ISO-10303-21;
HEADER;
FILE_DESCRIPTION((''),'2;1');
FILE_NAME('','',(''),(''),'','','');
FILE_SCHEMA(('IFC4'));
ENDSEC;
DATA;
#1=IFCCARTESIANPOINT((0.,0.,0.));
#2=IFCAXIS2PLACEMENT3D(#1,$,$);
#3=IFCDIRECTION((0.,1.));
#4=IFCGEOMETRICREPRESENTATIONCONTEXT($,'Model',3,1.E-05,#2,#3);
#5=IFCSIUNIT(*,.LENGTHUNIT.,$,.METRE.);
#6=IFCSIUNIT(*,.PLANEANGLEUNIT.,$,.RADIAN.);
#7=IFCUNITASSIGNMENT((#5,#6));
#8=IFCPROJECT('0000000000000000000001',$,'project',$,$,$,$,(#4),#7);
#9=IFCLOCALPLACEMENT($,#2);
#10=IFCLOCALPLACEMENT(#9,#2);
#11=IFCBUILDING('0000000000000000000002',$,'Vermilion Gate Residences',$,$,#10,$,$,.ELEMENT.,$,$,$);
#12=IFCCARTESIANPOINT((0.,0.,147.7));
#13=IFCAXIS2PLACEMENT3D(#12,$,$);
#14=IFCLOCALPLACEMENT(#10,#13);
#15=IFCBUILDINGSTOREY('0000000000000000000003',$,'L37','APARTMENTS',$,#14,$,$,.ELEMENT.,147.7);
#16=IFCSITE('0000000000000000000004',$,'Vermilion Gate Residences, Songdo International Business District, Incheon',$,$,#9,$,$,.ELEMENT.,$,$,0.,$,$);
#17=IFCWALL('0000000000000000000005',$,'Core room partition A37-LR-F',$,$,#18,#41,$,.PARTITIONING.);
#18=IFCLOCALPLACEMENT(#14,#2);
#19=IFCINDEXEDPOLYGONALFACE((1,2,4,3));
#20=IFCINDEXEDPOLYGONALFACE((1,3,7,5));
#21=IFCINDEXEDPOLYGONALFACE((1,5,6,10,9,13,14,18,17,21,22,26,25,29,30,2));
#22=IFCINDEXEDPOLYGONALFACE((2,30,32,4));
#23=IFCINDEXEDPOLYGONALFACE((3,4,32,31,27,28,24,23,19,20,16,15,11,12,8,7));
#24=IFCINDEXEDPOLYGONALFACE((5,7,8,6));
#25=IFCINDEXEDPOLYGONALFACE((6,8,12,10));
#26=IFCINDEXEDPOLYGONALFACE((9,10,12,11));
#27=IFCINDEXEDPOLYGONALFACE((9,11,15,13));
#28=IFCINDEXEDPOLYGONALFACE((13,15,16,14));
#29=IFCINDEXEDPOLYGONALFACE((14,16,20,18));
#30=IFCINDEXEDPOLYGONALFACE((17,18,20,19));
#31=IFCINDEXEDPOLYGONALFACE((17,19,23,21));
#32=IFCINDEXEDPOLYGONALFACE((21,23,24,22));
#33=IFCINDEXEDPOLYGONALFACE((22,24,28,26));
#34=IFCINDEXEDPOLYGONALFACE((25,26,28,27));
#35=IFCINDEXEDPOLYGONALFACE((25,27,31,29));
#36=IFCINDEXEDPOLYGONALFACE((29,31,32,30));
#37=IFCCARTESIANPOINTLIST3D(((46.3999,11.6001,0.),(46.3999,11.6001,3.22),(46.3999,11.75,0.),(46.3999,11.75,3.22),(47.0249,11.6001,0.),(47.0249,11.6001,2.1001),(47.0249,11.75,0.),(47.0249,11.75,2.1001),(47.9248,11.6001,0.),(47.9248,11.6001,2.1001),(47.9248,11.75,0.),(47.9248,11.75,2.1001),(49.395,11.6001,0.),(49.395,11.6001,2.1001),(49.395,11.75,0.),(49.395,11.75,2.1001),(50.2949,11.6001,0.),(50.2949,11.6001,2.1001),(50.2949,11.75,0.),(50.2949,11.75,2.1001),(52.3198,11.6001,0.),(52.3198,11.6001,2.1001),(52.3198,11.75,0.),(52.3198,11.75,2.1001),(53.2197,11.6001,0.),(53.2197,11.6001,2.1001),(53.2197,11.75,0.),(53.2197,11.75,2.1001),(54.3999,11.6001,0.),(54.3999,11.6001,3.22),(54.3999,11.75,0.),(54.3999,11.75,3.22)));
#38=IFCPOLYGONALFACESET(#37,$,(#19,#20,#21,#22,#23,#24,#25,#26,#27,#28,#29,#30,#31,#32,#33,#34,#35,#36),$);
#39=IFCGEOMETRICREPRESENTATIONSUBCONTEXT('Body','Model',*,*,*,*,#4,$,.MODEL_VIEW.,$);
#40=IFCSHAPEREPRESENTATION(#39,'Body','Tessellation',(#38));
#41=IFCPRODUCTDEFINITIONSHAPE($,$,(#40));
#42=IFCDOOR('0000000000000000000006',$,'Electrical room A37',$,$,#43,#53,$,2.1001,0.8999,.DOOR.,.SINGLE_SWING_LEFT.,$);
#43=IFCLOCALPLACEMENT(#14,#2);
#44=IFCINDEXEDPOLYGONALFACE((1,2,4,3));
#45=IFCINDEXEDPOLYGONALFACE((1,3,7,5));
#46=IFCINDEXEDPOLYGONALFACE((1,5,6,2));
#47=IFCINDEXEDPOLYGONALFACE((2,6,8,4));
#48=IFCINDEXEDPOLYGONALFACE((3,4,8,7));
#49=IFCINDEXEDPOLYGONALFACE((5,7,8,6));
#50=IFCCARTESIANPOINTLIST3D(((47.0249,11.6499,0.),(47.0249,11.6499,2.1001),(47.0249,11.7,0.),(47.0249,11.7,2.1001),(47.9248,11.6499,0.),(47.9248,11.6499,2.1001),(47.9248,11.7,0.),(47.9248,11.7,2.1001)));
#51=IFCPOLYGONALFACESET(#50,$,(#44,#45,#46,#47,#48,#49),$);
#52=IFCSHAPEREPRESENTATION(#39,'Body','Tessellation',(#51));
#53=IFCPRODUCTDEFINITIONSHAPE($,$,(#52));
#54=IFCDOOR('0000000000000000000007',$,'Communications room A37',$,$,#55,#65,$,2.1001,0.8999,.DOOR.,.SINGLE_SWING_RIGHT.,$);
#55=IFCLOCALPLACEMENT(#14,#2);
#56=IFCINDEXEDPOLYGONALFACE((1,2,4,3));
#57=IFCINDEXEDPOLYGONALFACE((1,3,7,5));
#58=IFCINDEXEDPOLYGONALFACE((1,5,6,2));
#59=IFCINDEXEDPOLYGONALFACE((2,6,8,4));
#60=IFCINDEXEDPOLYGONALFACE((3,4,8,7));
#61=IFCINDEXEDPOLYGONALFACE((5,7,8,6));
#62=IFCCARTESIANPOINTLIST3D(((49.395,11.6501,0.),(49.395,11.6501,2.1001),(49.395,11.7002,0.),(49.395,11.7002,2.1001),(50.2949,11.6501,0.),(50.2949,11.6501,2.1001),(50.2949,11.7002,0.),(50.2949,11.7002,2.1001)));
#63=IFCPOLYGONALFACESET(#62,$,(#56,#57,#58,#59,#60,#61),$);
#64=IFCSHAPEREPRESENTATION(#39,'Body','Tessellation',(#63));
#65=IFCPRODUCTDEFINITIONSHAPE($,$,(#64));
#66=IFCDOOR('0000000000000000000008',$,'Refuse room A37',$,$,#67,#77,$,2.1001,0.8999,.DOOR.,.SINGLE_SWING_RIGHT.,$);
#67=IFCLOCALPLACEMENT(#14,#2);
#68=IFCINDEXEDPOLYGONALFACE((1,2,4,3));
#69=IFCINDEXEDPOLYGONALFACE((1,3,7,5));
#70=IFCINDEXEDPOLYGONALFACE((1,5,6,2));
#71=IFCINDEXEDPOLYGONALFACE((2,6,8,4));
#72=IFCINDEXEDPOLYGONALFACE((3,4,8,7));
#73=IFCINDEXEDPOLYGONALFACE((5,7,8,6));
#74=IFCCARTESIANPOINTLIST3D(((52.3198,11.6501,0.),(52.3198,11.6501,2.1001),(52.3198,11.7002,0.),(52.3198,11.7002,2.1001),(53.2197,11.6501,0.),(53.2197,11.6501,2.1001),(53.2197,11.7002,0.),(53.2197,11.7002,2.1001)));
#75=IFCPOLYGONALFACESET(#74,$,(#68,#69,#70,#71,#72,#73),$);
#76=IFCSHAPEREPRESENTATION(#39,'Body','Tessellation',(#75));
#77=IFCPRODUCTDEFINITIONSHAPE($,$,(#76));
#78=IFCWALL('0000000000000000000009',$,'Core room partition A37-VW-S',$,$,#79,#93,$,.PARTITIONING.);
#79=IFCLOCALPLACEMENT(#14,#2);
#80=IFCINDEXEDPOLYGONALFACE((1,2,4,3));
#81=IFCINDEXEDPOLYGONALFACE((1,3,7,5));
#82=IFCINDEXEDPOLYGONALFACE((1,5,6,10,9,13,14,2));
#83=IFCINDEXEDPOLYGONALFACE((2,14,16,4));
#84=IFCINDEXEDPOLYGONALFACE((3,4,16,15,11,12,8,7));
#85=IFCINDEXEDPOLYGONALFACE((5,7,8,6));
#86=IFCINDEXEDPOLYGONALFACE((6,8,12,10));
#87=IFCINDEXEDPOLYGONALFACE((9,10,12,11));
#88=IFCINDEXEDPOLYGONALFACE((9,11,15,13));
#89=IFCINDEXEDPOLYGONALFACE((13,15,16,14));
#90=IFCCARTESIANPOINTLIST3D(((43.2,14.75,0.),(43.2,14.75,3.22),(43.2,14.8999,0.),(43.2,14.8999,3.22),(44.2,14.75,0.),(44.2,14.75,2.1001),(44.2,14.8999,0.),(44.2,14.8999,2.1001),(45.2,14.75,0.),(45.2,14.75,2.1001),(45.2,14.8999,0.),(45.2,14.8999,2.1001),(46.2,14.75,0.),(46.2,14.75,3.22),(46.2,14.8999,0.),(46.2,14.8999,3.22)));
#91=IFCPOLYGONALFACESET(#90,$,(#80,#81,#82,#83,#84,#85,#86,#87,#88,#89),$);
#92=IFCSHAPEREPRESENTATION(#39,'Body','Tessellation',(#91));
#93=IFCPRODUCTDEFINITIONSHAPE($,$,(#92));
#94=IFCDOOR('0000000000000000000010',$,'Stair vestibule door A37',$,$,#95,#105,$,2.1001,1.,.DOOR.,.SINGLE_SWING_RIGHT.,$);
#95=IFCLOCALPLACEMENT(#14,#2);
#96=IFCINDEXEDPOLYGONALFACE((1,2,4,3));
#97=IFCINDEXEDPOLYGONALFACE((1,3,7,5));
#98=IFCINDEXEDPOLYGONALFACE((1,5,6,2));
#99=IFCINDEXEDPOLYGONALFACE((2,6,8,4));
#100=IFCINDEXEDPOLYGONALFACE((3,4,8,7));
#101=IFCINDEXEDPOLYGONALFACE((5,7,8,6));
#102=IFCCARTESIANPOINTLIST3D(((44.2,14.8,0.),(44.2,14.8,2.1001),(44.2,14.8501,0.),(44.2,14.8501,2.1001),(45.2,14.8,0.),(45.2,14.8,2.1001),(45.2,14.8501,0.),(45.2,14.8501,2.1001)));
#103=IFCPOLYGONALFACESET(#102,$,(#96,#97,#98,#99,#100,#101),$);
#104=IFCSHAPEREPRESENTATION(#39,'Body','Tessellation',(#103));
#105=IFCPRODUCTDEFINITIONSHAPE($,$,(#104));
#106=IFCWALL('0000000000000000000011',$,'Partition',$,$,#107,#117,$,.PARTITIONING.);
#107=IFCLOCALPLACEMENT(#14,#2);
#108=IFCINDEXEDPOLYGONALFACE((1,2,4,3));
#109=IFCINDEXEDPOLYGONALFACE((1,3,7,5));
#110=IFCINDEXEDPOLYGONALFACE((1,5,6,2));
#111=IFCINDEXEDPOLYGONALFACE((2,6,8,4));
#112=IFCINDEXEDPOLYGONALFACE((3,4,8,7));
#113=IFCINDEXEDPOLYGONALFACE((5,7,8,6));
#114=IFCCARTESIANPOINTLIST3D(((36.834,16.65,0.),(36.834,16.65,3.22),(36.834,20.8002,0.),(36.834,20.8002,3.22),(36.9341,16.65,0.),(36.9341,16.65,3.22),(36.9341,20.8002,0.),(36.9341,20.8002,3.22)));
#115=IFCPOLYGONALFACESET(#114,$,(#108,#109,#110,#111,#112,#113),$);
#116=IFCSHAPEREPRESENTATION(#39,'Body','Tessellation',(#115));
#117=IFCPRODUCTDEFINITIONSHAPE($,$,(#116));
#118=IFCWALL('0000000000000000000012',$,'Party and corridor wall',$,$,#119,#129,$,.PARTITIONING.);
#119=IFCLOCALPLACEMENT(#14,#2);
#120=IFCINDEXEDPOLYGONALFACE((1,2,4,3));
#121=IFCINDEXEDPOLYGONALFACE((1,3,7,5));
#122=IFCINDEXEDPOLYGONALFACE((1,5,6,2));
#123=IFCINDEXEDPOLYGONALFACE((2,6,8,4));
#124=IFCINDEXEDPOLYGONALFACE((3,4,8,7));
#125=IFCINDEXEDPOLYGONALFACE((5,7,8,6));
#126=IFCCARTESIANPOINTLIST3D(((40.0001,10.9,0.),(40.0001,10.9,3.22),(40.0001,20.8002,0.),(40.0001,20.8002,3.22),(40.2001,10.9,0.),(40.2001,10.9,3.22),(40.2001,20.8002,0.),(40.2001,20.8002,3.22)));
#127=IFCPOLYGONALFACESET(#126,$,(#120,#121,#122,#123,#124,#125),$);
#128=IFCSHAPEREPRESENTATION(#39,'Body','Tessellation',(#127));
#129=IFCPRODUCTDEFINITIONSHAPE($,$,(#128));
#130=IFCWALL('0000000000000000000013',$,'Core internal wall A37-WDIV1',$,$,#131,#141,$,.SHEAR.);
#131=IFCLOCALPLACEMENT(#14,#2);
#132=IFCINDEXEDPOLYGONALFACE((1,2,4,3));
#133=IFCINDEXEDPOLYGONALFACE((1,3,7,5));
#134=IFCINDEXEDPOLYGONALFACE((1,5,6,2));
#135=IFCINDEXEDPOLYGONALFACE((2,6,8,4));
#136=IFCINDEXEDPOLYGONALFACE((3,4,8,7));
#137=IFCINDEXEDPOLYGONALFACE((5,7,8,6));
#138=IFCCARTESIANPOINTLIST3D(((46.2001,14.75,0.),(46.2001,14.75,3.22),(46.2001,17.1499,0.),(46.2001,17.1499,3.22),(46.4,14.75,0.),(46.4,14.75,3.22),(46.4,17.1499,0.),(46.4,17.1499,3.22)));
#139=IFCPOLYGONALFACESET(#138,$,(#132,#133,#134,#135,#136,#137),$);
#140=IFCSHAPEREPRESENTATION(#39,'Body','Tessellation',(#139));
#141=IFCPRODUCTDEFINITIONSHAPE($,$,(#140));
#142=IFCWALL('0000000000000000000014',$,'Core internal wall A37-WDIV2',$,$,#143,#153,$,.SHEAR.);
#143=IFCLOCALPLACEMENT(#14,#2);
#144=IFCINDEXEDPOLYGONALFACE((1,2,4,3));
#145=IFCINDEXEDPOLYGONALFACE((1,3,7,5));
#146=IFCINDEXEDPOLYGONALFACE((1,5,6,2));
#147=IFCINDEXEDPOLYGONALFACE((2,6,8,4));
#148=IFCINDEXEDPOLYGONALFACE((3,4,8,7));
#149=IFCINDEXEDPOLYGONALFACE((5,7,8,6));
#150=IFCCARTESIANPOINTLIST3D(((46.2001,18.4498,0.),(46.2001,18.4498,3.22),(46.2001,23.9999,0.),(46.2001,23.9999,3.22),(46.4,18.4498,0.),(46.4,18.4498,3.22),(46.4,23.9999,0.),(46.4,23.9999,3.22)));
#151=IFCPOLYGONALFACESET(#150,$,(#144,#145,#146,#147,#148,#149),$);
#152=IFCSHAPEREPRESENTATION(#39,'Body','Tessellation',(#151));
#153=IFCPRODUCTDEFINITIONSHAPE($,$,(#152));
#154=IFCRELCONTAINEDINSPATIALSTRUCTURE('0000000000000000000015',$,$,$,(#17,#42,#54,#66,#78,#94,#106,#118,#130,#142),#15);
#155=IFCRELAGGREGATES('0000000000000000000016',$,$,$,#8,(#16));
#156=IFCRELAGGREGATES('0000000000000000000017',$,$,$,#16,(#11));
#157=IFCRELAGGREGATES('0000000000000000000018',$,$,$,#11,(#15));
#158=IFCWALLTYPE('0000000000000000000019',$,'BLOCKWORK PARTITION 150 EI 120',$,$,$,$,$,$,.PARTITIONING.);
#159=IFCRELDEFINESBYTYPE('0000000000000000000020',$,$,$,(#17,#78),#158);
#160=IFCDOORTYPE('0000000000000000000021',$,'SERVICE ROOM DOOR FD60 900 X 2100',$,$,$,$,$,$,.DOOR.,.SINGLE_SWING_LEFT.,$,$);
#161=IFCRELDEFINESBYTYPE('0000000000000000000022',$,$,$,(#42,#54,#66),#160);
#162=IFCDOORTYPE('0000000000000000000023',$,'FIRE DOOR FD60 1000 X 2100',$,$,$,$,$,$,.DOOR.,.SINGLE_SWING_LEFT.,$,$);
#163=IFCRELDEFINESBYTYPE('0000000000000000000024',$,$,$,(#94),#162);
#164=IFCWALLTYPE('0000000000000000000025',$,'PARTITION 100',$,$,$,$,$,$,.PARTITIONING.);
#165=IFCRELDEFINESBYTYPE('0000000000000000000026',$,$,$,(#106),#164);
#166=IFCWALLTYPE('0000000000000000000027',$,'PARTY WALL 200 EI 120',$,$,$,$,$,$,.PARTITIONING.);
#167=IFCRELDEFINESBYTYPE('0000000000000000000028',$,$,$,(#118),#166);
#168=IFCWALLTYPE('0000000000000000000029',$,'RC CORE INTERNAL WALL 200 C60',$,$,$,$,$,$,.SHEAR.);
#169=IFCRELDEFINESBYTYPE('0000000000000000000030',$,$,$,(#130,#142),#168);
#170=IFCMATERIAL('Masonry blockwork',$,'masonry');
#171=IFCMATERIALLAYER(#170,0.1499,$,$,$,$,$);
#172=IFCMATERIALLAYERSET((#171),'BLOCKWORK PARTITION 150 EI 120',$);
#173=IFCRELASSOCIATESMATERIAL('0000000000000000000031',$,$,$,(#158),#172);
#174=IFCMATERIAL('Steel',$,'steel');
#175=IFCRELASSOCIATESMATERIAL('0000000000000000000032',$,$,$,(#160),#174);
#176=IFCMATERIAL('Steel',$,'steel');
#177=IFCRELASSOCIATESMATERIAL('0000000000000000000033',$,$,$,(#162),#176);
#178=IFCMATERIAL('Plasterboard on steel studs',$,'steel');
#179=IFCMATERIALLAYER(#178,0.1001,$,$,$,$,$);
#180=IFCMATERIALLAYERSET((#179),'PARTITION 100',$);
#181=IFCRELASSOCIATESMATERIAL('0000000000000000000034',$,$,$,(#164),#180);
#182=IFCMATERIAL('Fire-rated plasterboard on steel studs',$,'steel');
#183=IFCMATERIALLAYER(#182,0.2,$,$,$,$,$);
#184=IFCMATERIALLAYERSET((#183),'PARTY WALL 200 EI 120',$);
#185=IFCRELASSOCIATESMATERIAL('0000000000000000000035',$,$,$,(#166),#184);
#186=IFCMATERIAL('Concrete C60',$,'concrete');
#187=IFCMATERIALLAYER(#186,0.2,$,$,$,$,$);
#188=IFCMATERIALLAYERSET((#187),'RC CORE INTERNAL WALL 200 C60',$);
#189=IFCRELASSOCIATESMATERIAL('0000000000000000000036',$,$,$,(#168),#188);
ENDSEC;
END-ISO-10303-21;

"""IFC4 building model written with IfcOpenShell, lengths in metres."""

from ifc_helpers import new_model, si_unit, direction, frame, frame_2d, origin, place, context, subcontext, project, spatial, rectangle, extrude, material, layer, layer_set, type_object, element, fill, save


model = new_model("IFC4")

# Units and contexts
model_context = context("Model", 3, precision=1e-05, world=origin(), true_north=direction((0.0, 1.0)))
body_context = subcontext(model_context, "Body", "Model", "MODEL_VIEW")
ifc_project = project(units=[si_unit("LENGTHUNIT", "METRE"), si_unit("PLANEANGLEUNIT", "RADIAN")], contexts=[model_context])

# Site, building, storey
site_placement = place(None, origin())
site = spatial("IfcSite", under=ifc_project, at=site_placement, Name="Vermilion Gate Residences, Songdo International Business District, Incheon", CompositionType="ELEMENT", RefElevation=0.0)
building_placement = place(site_placement, origin())
building = spatial("IfcBuilding", under=site, at=building_placement, Name="Vermilion Gate Residences", CompositionType="ELEMENT")
storey_placement = place(building_placement, frame((0.0, 0.0, 147.7)))
storey = spatial("IfcBuildingStorey", under=building, at=storey_placement, Name="L37", Description="APARTMENTS", CompositionType="ELEMENT", Elevation=147.7)

# Wall, openings, doors
ifc_material_1 = material(Name="Masonry blockwork", Category="masonry")
ifc_layer_1 = layer(ifc_material_1, 0.1499)
ifc_layer_set_1 = layer_set([ifc_layer_1], Name="BLOCKWORK PARTITION 150 EI 120")
wall_type_1 = type_object("IfcWallType", Name="BLOCKWORK PARTITION 150 EI 120", PredefinedType="PARTITIONING", material=ifc_layer_set_1)
wall_1_placement = place(storey_placement, frame((46.3999, 11.675, 0.0), z_axis=(0.0, 0.0, 1.0), x_axis=(1.0, 0.0, 0.0)))
wall_1 = element("IfcWall", 1, at=wall_1_placement, inside=storey, type_object=wall_type_1, Name="Core room partition A37-LR-F", PredefinedType="PARTITIONING", context=body_context, shape_type="SweptSolid", body=[
    extrude(rectangle(XDim=8.0, YDim=0.1499, at=frame_2d((4.0, 0.0))), origin(), (0.0, 0.0, 1.0), 3.22),
])
opening_1_placement = place(wall_1_placement, frame((0.625, 0.0, 0.0)))
opening_1 = element("IfcOpeningElement", 2, at=opening_1_placement, cuts=wall_1, PredefinedType="OPENING", context=body_context, shape_type="SweptSolid", body=[
    extrude(rectangle(XDim=0.8999, YDim=2.1001, at=frame_2d((0.45, 1.05))), frame((0.0, 0.085, 0.0), z_axis=(0.0, -1.0, 0.0), x_axis=(1.0, 0.0, 0.0)), (0.0, 0.0, 1.0), 0.1699),
])
opening_2_placement = place(wall_1_placement, frame((2.9951, 0.0, 0.0)))
opening_2 = element("IfcOpeningElement", 3, at=opening_2_placement, cuts=wall_1, PredefinedType="OPENING", context=body_context, shape_type="SweptSolid", body=[
    extrude(rectangle(XDim=0.8999, YDim=2.1001, at=frame_2d((0.45, 1.05))), frame((0.0, 0.085, 0.0), z_axis=(0.0, -1.0, 0.0), x_axis=(1.0, 0.0, 0.0)), (0.0, 0.0, 1.0), 0.1699),
])
opening_3_placement = place(wall_1_placement, frame((5.9199, 0.0, 0.0)))
opening_3 = element("IfcOpeningElement", 4, at=opening_3_placement, cuts=wall_1, PredefinedType="OPENING", context=body_context, shape_type="SweptSolid", body=[
    extrude(rectangle(XDim=0.8999, YDim=2.1001, at=frame_2d((0.45, 1.05))), frame((0.0, 0.085, 0.0), z_axis=(0.0, -1.0, 0.0), x_axis=(1.0, 0.0, 0.0)), (0.0, 0.0, 1.0), 0.1699),
])
ifc_material_2 = material(Name="Steel", Category="steel")
door_type_1 = type_object("IfcDoorType", Name="SERVICE ROOM DOOR FD60 900 X 2100", OperationType="SINGLE_SWING_LEFT", PredefinedType="DOOR", material=ifc_material_2)
door_1_placement = place(opening_1_placement, origin())
door_1 = element("IfcDoor", 5, at=door_1_placement, inside=storey, type_object=door_type_1, Name="Electrical room A37", OperationType="SINGLE_SWING_LEFT", OverallHeight=2.1001, OverallWidth=0.8999, PredefinedType="DOOR", context=body_context, shape_type="SweptSolid", body=[
    extrude(rectangle(XDim=0.8999, YDim=2.1001, at=frame_2d((0.45, 1.05))), frame((0.0, 0.0249, 0.0), z_axis=(0.0, -1.0, 0.0), x_axis=(1.0, 0.0, 0.0)), (0.0, 0.0, 1.0), 0.05),
])
fill(opening_1, door_1)
door_2_placement = place(opening_2_placement, frame((0.8999, 0.0, 0.0), z_axis=(0.0, 0.0, 1.0), x_axis=(-1.0, 0.0, 0.0)))
door_2 = element("IfcDoor", 6, at=door_2_placement, inside=storey, type_object=door_type_1, Name="Communications room A37", OperationType="SINGLE_SWING_RIGHT", OverallHeight=2.1001, OverallWidth=0.8999, PredefinedType="DOOR", context=body_context, shape_type="SweptSolid", body=[
    extrude(rectangle(XDim=0.8999, YDim=2.1001, at=frame_2d((0.45, 1.05))), frame((0.0, 0.0249, 0.0), z_axis=(0.0, -1.0, 0.0), x_axis=(1.0, 0.0, 0.0)), (0.0, 0.0, 1.0), 0.05),
])
fill(opening_2, door_2)
door_3_placement = place(opening_3_placement, frame((0.8999, 0.0, 0.0), z_axis=(0.0, 0.0, 1.0), x_axis=(-1.0, 0.0, 0.0)))
door_3 = element("IfcDoor", 7, at=door_3_placement, inside=storey, type_object=door_type_1, Name="Refuse room A37", OperationType="SINGLE_SWING_RIGHT", OverallHeight=2.1001, OverallWidth=0.8999, PredefinedType="DOOR", context=body_context, shape_type="SweptSolid", body=[
    extrude(rectangle(XDim=0.8999, YDim=2.1001, at=frame_2d((0.45, 1.05))), frame((0.0, 0.0249, 0.0), z_axis=(0.0, -1.0, 0.0), x_axis=(1.0, 0.0, 0.0)), (0.0, 0.0, 1.0), 0.05),
])
fill(opening_3, door_3)

# Wall, opening, door
wall_2_placement = place(storey_placement, frame((43.2, 14.825, 0.0), z_axis=(0.0, 0.0, 1.0), x_axis=(1.0, 0.0, 0.0)))
wall_2 = element("IfcWall", 8, at=wall_2_placement, inside=storey, type_object=wall_type_1, Name="Core room partition A37-VW-S", PredefinedType="PARTITIONING", context=body_context, shape_type="SweptSolid", body=[
    extrude(rectangle(XDim=3.0, YDim=0.1499, at=frame_2d((1.5, 0.0))), origin(), (0.0, 0.0, 1.0), 3.22),
])
opening_4_placement = place(wall_2_placement, frame((1.0, 0.0, 0.0)))
opening_4 = element("IfcOpeningElement", 9, at=opening_4_placement, cuts=wall_2, PredefinedType="OPENING", context=body_context, shape_type="SweptSolid", body=[
    extrude(rectangle(XDim=1.0, YDim=2.1001, at=frame_2d((0.5, 1.05))), frame((0.0, 0.085, 0.0), z_axis=(0.0, -1.0, 0.0), x_axis=(1.0, 0.0, 0.0)), (0.0, 0.0, 1.0), 0.1699),
])
ifc_material_3 = material(Name="Steel", Category="steel")
door_type_2 = type_object("IfcDoorType", Name="FIRE DOOR FD60 1000 X 2100", OperationType="SINGLE_SWING_LEFT", PredefinedType="DOOR", material=ifc_material_3)
door_4_placement = place(opening_4_placement, frame((1.0, 0.0, 0.0), z_axis=(0.0, 0.0, 1.0), x_axis=(-1.0, 0.0, 0.0)))
door_4 = element("IfcDoor", 10, at=door_4_placement, inside=storey, type_object=door_type_2, Name="Stair vestibule door A37", OperationType="SINGLE_SWING_RIGHT", OverallHeight=2.1001, OverallWidth=1.0, PredefinedType="DOOR", context=body_context, shape_type="SweptSolid", body=[
    extrude(rectangle(XDim=1.0, YDim=2.1001, at=frame_2d((0.5, 1.05))), frame((0.0, 0.0249, 0.0), z_axis=(0.0, -1.0, 0.0), x_axis=(1.0, 0.0, 0.0)), (0.0, 0.0, 1.0), 0.05),
])
fill(opening_4, door_4)

# Walls
ifc_material_4 = material(Name="Plasterboard on steel studs", Category="steel")
ifc_layer_2 = layer(ifc_material_4, 0.1001)
ifc_layer_set_2 = layer_set([ifc_layer_2], Name="PARTITION 100")
wall_type_2 = type_object("IfcWallType", Name="PARTITION 100", PredefinedType="PARTITIONING", material=ifc_layer_set_2)
wall_3_placement = place(storey_placement, frame((36.884, 16.6499, 0.0), z_axis=(0.0, 0.0, 1.0), x_axis=(0.0, 1.0, 0.0)))
element("IfcWall", 11, at=wall_3_placement, inside=storey, type_object=wall_type_2, Name="Partition", PredefinedType="PARTITIONING", context=body_context, shape_type="SweptSolid", body=[
    extrude(rectangle(XDim=4.1501, YDim=0.1001, at=frame_2d((2.0752, 0.0))), origin(), (0.0, 0.0, 1.0), 3.22),
])
ifc_material_5 = material(Name="Fire-rated plasterboard on steel studs", Category="steel")
ifc_layer_3 = layer(ifc_material_5, 0.2)
ifc_layer_set_3 = layer_set([ifc_layer_3], Name="PARTY WALL 200 EI 120")
wall_type_3 = type_object("IfcWallType", Name="PARTY WALL 200 EI 120", PredefinedType="PARTITIONING", material=ifc_layer_set_3)
wall_4_placement = place(storey_placement, frame((40.1001, 10.8999, 0.0), z_axis=(0.0, 0.0, 1.0), x_axis=(0.0, 1.0, 0.0)))
element("IfcWall", 12, at=wall_4_placement, inside=storey, type_object=wall_type_3, Name="Party and corridor wall", PredefinedType="PARTITIONING", context=body_context, shape_type="SweptSolid", body=[
    extrude(rectangle(XDim=9.9001, YDim=0.2, at=frame_2d((4.9502, 0.0))), origin(), (0.0, 0.0, 1.0), 3.22),
])
ifc_material_6 = material(Name="Concrete C60", Category="concrete")
ifc_layer_4 = layer(ifc_material_6, 0.2)
ifc_layer_set_4 = layer_set([ifc_layer_4], Name="RC CORE INTERNAL WALL 200 C60")
wall_type_4 = type_object("IfcWallType", Name="RC CORE INTERNAL WALL 200 C60", PredefinedType="SHEAR", material=ifc_layer_set_4)
wall_5_placement = place(storey_placement, frame((46.3, 14.75, 0.0), z_axis=(0.0, 0.0, 1.0), x_axis=(0.0, 1.0, 0.0)))
element("IfcWall", 13, at=wall_5_placement, inside=storey, type_object=wall_type_4, Name="Core internal wall A37-WDIV1", PredefinedType="SHEAR", context=body_context, shape_type="SweptSolid", body=[
    extrude(rectangle(XDim=2.3999, YDim=0.2, at=frame_2d((1.2, 0.0))), origin(), (0.0, 0.0, 1.0), 3.22),
])
wall_6_placement = place(storey_placement, frame((46.3, 18.45, 0.0), z_axis=(0.0, 0.0, 1.0), x_axis=(0.0, 1.0, 0.0)))
element("IfcWall", 14, at=wall_6_placement, inside=storey, type_object=wall_type_4, Name="Core internal wall A37-WDIV2", PredefinedType="SHEAR", context=body_context, shape_type="SweptSolid", body=[
    extrude(rectangle(XDim=5.55, YDim=0.2, at=frame_2d((2.7749, 0.0))), origin(), (0.0, 0.0, 1.0), 3.22),
])

save(model, "model.ifc")
